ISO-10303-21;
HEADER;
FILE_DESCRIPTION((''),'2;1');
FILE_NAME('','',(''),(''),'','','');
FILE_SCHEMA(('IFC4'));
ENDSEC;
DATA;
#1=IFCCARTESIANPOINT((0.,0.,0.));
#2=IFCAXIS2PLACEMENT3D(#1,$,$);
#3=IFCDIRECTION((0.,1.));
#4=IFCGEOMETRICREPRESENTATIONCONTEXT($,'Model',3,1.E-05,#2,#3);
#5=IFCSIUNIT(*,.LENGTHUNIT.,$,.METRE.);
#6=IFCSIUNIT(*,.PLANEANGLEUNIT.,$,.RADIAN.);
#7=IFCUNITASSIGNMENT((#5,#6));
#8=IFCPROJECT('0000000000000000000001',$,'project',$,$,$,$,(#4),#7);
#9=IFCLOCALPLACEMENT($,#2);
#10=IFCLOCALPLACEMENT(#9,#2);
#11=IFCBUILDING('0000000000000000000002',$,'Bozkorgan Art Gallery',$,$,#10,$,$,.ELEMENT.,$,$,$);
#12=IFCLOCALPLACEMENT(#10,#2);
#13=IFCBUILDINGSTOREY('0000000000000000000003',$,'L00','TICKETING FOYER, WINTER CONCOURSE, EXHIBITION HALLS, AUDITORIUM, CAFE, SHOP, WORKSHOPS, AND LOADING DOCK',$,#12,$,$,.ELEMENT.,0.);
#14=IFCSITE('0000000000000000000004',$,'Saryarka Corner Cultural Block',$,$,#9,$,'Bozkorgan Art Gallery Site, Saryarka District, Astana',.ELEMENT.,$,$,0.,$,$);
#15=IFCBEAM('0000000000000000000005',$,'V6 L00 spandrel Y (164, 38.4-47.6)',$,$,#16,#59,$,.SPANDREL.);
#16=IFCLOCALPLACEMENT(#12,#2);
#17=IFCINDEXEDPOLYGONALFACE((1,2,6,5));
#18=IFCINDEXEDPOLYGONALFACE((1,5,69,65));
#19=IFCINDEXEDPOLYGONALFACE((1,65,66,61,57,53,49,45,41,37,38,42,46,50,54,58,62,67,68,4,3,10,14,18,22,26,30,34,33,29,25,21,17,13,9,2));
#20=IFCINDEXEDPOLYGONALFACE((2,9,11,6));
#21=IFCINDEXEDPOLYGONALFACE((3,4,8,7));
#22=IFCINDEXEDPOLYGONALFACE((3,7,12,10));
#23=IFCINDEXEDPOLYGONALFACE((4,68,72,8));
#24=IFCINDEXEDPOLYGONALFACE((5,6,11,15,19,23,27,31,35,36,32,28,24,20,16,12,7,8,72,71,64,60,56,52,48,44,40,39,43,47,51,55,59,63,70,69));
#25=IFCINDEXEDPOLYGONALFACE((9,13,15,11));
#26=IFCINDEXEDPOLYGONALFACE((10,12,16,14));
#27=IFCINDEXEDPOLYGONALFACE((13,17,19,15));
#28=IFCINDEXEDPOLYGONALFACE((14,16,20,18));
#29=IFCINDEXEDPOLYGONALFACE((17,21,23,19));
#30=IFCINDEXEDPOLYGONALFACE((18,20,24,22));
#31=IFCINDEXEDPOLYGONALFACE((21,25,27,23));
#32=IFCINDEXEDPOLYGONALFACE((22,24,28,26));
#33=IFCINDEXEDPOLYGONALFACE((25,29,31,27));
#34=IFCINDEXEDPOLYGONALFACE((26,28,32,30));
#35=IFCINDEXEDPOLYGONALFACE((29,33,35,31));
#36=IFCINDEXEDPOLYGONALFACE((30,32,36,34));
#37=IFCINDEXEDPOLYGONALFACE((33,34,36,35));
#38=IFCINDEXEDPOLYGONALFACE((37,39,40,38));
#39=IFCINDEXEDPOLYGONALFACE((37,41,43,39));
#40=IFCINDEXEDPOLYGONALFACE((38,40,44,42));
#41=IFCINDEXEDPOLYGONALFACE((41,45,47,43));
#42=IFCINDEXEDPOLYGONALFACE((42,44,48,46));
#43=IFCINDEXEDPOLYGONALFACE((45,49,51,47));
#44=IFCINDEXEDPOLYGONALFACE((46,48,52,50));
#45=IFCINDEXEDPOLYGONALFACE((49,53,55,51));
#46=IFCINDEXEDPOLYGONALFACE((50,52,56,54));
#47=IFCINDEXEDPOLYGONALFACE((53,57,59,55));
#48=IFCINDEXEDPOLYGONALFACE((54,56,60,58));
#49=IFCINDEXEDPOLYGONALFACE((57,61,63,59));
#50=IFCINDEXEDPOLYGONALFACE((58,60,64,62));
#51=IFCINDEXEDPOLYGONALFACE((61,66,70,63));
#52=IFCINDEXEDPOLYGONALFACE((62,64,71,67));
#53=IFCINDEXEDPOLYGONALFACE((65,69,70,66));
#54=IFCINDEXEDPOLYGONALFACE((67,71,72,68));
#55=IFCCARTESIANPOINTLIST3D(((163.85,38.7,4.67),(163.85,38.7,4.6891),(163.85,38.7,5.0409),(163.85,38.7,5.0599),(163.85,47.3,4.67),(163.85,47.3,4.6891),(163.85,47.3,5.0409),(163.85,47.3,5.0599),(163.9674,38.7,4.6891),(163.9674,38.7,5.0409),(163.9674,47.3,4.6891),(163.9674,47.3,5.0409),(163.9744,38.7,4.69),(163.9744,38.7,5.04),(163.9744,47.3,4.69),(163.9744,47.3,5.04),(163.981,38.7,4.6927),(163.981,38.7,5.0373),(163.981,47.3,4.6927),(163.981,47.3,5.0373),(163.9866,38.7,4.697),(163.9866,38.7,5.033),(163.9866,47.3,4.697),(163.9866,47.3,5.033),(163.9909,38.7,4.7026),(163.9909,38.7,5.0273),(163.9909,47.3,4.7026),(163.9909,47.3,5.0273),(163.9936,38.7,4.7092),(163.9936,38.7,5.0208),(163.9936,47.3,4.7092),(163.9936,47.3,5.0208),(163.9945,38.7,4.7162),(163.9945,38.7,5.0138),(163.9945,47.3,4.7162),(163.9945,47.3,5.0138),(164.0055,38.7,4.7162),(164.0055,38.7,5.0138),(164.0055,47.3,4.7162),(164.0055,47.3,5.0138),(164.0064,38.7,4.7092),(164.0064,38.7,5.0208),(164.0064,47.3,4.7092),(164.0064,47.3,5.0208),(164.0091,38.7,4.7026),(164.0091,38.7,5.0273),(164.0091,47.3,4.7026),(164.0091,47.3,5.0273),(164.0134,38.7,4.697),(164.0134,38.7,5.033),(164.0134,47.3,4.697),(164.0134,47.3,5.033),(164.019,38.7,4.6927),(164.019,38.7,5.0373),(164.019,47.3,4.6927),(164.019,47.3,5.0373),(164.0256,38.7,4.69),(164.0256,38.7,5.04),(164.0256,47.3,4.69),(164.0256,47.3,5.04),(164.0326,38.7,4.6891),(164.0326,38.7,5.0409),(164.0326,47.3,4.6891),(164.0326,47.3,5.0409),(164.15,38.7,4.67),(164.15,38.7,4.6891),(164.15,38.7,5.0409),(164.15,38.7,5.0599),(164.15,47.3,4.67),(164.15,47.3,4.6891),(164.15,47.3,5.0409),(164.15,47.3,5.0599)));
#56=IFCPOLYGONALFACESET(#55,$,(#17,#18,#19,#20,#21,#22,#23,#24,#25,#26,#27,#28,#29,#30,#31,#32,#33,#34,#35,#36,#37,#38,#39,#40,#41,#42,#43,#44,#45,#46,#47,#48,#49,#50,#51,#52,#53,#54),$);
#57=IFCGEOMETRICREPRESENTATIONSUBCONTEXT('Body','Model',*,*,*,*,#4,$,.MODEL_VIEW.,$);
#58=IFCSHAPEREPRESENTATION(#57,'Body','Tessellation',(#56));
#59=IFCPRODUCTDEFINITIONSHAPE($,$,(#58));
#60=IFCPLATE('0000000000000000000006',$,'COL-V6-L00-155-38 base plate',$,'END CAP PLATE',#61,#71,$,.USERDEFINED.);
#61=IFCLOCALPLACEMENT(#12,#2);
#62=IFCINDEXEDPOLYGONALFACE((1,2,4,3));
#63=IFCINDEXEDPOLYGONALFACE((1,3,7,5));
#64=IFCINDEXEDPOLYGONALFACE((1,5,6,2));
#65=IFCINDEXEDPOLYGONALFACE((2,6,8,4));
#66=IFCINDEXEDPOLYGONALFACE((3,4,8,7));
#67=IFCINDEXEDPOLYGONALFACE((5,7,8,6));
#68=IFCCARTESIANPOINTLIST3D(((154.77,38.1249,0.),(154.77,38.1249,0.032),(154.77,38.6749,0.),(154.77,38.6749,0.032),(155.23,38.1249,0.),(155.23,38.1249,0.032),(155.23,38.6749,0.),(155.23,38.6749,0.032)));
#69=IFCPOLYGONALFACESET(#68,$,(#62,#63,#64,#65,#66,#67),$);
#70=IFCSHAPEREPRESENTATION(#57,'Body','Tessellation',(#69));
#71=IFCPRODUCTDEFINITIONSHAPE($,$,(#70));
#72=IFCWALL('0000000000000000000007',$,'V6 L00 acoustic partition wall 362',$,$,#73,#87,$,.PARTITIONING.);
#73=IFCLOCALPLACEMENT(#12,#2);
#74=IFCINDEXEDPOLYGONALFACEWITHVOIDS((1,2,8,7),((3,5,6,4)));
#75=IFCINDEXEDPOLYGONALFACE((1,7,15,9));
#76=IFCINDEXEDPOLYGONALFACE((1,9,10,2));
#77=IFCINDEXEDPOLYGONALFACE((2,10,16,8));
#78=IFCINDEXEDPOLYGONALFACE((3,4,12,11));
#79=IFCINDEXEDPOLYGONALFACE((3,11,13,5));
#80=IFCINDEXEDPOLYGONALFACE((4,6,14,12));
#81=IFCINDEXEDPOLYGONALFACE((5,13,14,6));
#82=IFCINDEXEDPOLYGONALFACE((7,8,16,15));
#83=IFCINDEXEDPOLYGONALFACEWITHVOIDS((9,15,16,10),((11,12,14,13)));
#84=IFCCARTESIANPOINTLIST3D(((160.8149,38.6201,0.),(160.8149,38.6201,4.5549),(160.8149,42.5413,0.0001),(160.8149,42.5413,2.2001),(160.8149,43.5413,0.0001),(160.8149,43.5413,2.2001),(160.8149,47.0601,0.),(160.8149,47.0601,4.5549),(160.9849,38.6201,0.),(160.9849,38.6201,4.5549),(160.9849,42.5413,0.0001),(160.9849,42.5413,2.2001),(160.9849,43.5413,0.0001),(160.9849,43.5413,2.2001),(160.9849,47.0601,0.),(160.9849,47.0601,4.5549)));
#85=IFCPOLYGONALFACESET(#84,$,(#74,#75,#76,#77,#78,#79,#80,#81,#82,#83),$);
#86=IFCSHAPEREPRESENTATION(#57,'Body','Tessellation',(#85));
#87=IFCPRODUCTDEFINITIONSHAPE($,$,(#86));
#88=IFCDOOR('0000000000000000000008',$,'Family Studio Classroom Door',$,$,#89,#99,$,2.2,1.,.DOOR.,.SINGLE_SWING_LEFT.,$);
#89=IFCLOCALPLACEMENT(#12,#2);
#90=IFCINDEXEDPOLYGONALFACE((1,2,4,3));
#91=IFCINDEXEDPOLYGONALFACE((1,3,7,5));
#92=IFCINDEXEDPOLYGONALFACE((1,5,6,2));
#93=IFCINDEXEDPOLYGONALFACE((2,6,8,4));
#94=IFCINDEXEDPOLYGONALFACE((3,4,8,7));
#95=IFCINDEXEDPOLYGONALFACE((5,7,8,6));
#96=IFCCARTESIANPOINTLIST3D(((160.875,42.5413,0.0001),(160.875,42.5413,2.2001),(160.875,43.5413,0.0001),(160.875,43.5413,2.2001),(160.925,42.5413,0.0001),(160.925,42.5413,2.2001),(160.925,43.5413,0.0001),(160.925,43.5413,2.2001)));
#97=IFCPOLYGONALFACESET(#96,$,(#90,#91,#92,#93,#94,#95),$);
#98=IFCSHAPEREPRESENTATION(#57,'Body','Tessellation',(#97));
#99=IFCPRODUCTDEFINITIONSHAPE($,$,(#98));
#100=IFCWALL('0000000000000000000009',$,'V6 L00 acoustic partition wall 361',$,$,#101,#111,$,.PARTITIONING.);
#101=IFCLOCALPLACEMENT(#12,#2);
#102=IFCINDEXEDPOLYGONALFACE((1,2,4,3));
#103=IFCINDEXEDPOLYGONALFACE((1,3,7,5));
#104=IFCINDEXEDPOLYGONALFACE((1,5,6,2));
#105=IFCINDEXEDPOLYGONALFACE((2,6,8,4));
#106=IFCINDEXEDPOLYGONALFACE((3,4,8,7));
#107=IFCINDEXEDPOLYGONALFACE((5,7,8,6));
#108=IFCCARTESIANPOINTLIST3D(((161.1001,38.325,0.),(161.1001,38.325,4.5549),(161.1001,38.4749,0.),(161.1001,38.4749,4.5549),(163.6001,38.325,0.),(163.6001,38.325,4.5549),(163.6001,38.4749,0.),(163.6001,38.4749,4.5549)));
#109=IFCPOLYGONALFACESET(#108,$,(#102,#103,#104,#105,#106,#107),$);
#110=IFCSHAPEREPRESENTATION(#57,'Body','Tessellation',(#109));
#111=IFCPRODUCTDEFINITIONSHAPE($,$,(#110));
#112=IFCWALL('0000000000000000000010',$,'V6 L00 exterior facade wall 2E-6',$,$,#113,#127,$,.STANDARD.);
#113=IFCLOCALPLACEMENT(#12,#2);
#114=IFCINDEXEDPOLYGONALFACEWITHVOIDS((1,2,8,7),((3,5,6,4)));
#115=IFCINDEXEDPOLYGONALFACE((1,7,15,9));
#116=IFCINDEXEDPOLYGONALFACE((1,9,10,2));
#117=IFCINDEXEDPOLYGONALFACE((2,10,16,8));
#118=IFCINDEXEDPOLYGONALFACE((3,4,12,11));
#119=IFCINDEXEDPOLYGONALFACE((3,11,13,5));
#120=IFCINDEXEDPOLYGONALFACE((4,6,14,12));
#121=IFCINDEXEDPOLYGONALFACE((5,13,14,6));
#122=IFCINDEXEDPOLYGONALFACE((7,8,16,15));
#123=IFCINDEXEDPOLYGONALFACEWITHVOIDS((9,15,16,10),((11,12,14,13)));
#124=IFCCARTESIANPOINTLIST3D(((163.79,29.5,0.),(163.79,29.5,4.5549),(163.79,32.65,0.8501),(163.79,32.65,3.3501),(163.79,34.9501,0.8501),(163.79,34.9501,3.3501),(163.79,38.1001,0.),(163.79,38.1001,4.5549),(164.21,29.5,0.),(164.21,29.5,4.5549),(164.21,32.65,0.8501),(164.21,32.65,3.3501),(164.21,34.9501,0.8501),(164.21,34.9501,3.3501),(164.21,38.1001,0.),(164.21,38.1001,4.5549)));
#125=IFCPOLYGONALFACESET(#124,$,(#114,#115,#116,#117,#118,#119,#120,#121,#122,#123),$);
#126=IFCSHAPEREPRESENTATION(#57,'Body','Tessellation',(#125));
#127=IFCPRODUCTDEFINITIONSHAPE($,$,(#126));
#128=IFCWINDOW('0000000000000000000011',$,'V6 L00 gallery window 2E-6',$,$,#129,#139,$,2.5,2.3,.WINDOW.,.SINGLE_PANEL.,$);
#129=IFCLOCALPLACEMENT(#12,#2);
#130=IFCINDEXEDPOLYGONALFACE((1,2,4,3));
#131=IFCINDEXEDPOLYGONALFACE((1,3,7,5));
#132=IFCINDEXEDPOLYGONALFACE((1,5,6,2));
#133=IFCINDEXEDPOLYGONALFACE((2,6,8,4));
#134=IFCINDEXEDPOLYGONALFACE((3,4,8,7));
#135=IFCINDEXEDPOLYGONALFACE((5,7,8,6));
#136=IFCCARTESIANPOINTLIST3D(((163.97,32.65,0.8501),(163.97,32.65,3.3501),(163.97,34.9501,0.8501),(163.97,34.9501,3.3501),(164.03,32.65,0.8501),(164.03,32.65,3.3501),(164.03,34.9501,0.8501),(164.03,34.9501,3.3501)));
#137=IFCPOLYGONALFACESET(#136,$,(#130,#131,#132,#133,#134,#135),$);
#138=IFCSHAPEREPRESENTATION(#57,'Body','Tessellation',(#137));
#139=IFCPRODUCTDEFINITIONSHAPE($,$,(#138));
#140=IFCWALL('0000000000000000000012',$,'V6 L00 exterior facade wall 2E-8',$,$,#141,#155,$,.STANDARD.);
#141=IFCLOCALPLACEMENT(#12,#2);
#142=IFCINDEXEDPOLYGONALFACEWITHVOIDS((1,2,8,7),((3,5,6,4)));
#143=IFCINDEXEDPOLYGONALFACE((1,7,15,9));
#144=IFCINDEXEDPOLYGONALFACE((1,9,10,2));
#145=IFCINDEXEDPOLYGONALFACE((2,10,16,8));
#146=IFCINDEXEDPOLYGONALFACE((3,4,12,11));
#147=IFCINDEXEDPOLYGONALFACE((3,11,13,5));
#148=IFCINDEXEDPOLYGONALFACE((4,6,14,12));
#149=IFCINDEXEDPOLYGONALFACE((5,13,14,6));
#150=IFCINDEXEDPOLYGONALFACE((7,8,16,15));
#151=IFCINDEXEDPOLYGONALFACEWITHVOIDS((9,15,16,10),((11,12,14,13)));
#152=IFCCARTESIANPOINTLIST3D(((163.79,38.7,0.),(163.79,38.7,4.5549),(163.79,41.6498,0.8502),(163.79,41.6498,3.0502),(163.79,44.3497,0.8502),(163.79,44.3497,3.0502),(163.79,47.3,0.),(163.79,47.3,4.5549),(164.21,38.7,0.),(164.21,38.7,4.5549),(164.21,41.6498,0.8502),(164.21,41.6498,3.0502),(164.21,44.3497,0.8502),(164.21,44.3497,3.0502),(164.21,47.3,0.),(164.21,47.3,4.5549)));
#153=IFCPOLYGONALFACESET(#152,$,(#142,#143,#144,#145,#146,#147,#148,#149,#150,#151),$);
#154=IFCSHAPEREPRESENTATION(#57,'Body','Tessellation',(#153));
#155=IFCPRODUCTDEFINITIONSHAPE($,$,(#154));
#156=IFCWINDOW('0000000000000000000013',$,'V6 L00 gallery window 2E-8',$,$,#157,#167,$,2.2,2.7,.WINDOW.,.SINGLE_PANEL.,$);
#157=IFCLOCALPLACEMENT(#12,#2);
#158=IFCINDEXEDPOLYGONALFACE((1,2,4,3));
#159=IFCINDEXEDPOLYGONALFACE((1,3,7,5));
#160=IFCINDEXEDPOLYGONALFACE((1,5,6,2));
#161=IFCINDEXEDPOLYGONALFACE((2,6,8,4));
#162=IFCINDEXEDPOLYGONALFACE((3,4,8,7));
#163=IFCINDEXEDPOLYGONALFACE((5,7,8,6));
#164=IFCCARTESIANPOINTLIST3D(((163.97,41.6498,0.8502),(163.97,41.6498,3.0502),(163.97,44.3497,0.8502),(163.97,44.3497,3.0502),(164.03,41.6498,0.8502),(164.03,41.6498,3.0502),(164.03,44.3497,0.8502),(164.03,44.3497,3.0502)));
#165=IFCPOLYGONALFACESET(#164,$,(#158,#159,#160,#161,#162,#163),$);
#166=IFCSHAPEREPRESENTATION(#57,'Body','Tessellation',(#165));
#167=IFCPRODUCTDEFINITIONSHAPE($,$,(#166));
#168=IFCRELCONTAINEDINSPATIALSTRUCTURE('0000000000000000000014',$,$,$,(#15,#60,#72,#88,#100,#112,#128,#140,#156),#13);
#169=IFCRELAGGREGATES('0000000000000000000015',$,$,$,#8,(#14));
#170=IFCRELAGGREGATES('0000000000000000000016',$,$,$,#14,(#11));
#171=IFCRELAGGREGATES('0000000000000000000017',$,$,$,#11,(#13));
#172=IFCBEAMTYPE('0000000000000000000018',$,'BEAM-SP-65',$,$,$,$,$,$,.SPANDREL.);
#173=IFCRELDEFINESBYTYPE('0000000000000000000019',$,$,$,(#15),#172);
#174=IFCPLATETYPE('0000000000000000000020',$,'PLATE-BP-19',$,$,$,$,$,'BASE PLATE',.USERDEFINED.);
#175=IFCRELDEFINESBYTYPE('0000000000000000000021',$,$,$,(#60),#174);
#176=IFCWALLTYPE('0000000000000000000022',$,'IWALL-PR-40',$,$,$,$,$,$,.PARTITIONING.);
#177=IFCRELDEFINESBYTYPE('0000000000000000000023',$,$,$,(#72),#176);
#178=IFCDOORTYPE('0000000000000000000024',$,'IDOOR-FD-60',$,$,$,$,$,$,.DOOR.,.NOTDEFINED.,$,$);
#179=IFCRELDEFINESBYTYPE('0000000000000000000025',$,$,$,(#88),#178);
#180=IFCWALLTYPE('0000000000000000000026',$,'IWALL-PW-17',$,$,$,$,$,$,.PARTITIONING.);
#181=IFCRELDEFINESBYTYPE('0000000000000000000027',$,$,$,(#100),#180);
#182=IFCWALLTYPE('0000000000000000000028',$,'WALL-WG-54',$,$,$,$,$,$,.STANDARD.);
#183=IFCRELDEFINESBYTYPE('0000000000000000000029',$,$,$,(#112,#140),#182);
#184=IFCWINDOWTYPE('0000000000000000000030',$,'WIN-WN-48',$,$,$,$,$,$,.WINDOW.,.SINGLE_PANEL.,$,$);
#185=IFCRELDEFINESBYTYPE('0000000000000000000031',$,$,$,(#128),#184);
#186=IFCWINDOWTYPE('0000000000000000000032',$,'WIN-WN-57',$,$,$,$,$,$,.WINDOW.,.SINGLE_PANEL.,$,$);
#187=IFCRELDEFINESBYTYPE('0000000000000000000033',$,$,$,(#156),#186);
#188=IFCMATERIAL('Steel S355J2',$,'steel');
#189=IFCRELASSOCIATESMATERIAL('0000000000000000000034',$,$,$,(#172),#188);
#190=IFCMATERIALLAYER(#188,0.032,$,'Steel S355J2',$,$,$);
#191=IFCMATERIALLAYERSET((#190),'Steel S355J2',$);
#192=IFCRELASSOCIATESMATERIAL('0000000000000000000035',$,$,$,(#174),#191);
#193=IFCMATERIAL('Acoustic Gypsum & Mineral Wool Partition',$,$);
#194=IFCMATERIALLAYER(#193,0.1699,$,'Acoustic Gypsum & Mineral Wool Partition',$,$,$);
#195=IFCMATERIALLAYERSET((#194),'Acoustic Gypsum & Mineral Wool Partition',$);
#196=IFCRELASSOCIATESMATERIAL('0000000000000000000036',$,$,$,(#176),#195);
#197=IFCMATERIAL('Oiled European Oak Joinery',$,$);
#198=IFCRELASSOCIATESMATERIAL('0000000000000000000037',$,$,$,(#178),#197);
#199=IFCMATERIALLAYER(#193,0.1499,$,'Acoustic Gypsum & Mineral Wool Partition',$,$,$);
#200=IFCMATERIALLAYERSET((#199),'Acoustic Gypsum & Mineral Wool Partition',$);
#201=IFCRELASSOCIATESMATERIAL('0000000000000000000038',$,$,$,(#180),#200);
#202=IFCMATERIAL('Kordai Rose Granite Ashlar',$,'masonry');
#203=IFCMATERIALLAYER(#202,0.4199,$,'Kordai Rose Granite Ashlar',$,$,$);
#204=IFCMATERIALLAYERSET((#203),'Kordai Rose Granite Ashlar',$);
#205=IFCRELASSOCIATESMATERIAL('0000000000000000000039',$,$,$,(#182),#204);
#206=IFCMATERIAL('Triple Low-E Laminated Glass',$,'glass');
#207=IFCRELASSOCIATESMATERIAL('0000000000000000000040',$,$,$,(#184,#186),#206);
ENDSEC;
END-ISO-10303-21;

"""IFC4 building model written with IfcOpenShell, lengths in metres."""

from ifc_helpers import new_model, si_unit, direction, frame, frame_2d, origin, origin_2d, place, context, subcontext, project, spatial, rectangle, i_section, extrude, material, layer, layer_set, material_profile, profile_set, type_object, element, fill, save


model = new_model("IFC4")

# Units and contexts
model_context = context("Model", 3, precision=1e-05, world=origin(), true_north=direction((0.0, 1.0)))
body_context = subcontext(model_context, "Body", "Model", "MODEL_VIEW")
ifc_project = project(units=[si_unit("LENGTHUNIT", "METRE"), si_unit("PLANEANGLEUNIT", "RADIAN")], contexts=[model_context])

# Site, building, storey
site_placement = place(None, origin())
site = spatial("IfcSite", under=ifc_project, at=site_placement, Name="Saryarka Corner Cultural Block", LongName="Bozkorgan Art Gallery Site, Saryarka District, Astana", CompositionType="ELEMENT", RefElevation=0.0)
building_placement = place(site_placement, origin())
building = spatial("IfcBuilding", under=site, at=building_placement, Name="Bozkorgan Art Gallery", CompositionType="ELEMENT")
storey_placement = place(building_placement, origin())
storey = spatial("IfcBuildingStorey", under=building, at=storey_placement, Name="L00", Description="TICKETING FOYER, WINTER CONCOURSE, EXHIBITION HALLS, AUDITORIUM, CAFE, SHOP, WORKSHOPS, AND LOADING DOCK", CompositionType="ELEMENT", Elevation=0.0)

# Shared definitions
ifc_material_1 = material(Name="Steel S355J2", Category="steel")

# Beam
ifc_material_profile_1 = material_profile(ifc_material_1, i_section(OverallWidth=0.3, OverallDepth=0.3899, WebThickness=0.011, FlangeThickness=0.019, FilletRadius=0.0271, at=origin_2d()), Name="HEA 400")
ifc_profile_set_1 = profile_set([ifc_material_profile_1], Name="Steel S355J2")
beam_type_1 = type_object("IfcBeamType", Name="BEAM-SP-65", PredefinedType="SPANDREL", material=ifc_profile_set_1)
beam_1_placement = place(storey_placement, frame((164.0, 38.7, 4.865), z_axis=(0.0, 1.0, 0.0), x_axis=(-1.0, 0.0, 0.0)))
element("IfcBeam", 1, at=beam_1_placement, inside=storey, type_object=beam_type_1, Name="V6 L00 spandrel Y (164, 38.4-47.6)", PredefinedType="SPANDREL", context=body_context, shape_type="SweptSolid", body=[
    extrude(i_section(OverallWidth=0.3, OverallDepth=0.3899, WebThickness=0.011, FlangeThickness=0.019, FilletRadius=0.0271, at=origin_2d()), origin(), (0.0, 0.0, 1.0), 8.6001),
])

# Plate
ifc_layer_1 = layer(ifc_material_1, 0.032, Name="Steel S355J2")
ifc_layer_set_1 = layer_set([ifc_layer_1], Name="Steel S355J2")
plate_type = type_object("IfcPlateType", Name="PLATE-BP-19", ElementType="BASE PLATE", PredefinedType="USERDEFINED", material=ifc_layer_set_1)
plate_placement = place(storey_placement, frame((155.0, 38.3999, 0.0), z_axis=(0.0, 0.0, 1.0), x_axis=(1.0, 0.0, 0.0)))
element("IfcPlate", 2, at=plate_placement, inside=storey, type_object=plate_type, Name="COL-V6-L00-155-38 base plate", ObjectType="END CAP PLATE", PredefinedType="USERDEFINED", context=body_context, shape_type="SweptSolid", body=[
    extrude(rectangle(XDim=0.46, YDim=0.55, at=origin_2d()), origin(), (0.0, 0.0, 1.0), 0.032),
])

# Wall, opening, door
ifc_material_2 = material(Name="Acoustic Gypsum & Mineral Wool Partition")
ifc_layer_2 = layer(ifc_material_2, 0.1699, Name="Acoustic Gypsum & Mineral Wool Partition")
ifc_layer_set_2 = layer_set([ifc_layer_2], Name="Acoustic Gypsum & Mineral Wool Partition")
wall_type_1 = type_object("IfcWallType", Name="IWALL-PR-40", PredefinedType="PARTITIONING", material=ifc_layer_set_2)
wall_1_placement = place(storey_placement, frame((160.8999, 38.6201, 0.0), z_axis=(0.0, 0.0, 1.0), x_axis=(0.0, 1.0, 0.0)))
wall_1 = element("IfcWall", 3, at=wall_1_placement, inside=storey, type_object=wall_type_1, Name="V6 L00 acoustic partition wall 362", PredefinedType="PARTITIONING", context=body_context, shape_type="SweptSolid", body=[
    extrude(rectangle(XDim=8.4399, YDim=0.1699, at=frame_2d((4.22, 0.0))), origin(), (0.0, 0.0, 1.0), 4.5549),
])
opening_1_placement = place(wall_1_placement, frame((3.9211, 0.0, 0.0)))
opening_1 = element("IfcOpeningElement", 4, at=opening_1_placement, cuts=wall_1, PredefinedType="OPENING", context=body_context, shape_type="SweptSolid", body=[
    extrude(rectangle(XDim=1.0, YDim=2.2, at=frame_2d((0.5, 1.1001))), frame((0.0, 0.095, 0.0), z_axis=(0.0, -1.0, 0.0), x_axis=(1.0, 0.0, 0.0)), (0.0, 0.0, 1.0), 0.1899),
])
ifc_material_3 = material(Name="Oiled European Oak Joinery")
door_type = type_object("IfcDoorType", Name="IDOOR-FD-60", OperationType="NOTDEFINED", PredefinedType="DOOR", material=ifc_material_3)
door_placement = place(opening_1_placement, origin())
door = element("IfcDoor", 5, at=door_placement, inside=storey, type_object=door_type, Name="Family Studio Classroom Door", OperationType="SINGLE_SWING_LEFT", OverallHeight=2.2, OverallWidth=1.0, PredefinedType="DOOR", context=body_context, shape_type="SweptSolid", body=[
    extrude(rectangle(XDim=1.0, YDim=2.2, at=frame_2d((0.5, 1.1001))), frame((0.0, 0.0249, 0.0), z_axis=(0.0, -1.0, 0.0), x_axis=(1.0, 0.0, 0.0)), (0.0, 0.0, 1.0), 0.05),
])
fill(opening_1, door)

# Wall
ifc_layer_3 = layer(ifc_material_2, 0.1499, Name="Acoustic Gypsum & Mineral Wool Partition")
ifc_layer_set_3 = layer_set([ifc_layer_3], Name="Acoustic Gypsum & Mineral Wool Partition")
wall_type_2 = type_object("IfcWallType", Name="IWALL-PW-17", PredefinedType="PARTITIONING", material=ifc_layer_set_3)
wall_2_placement = place(storey_placement, frame((161.1001, 38.3999, 0.0), z_axis=(0.0, 0.0, 1.0), x_axis=(1.0, 0.0, 0.0)))
element("IfcWall", 6, at=wall_2_placement, inside=storey, type_object=wall_type_2, Name="V6 L00 acoustic partition wall 361", PredefinedType="PARTITIONING", context=body_context, shape_type="SweptSolid", body=[
    extrude(rectangle(XDim=2.5, YDim=0.1499, at=frame_2d((1.25, 0.0))), origin(), (0.0, 0.0, 1.0), 4.5549),
])

# Walls, openings, windows
ifc_material_4 = material(Name="Kordai Rose Granite Ashlar", Category="masonry")
ifc_layer_4 = layer(ifc_material_4, 0.4199, Name="Kordai Rose Granite Ashlar")
ifc_layer_set_4 = layer_set([ifc_layer_4], Name="Kordai Rose Granite Ashlar")
wall_type_3 = type_object("IfcWallType", Name="WALL-WG-54", PredefinedType="STANDARD", material=ifc_layer_set_4)
wall_3_placement = place(storey_placement, frame((164.0, 29.5, 0.0), z_axis=(0.0, 0.0, 1.0), x_axis=(0.0, 1.0, 0.0)))
wall_3 = element("IfcWall", 7, at=wall_3_placement, inside=storey, type_object=wall_type_3, Name="V6 L00 exterior facade wall 2E-6", PredefinedType="STANDARD", context=body_context, shape_type="SweptSolid", body=[
    extrude(rectangle(XDim=8.6001, YDim=0.4199, at=frame_2d((4.3, 0.0))), origin(), (0.0, 0.0, 1.0), 4.5549),
])
opening_2_placement = place(wall_3_placement, frame((5.45, 0.0, 0.8501), z_axis=(0.0, 0.0, 1.0), x_axis=(-1.0, 0.0, 0.0)))
opening_2 = element("IfcOpeningElement", 8, at=opening_2_placement, cuts=wall_3, PredefinedType="OPENING", context=body_context, shape_type="SweptSolid", body=[
    extrude(rectangle(XDim=2.3, YDim=2.5, at=frame_2d((1.1499, 1.25))), frame((0.0, 0.22, 0.0), z_axis=(0.0, -1.0, 0.0), x_axis=(1.0, 0.0, 0.0)), (0.0, 0.0, 1.0), 0.4399),
])
ifc_material_5 = material(Name="Triple Low-E Laminated Glass", Category="glass")
window_type_1 = type_object("IfcWindowType", Name="WIN-WN-48", PartitioningType="SINGLE_PANEL", PredefinedType="WINDOW", material=ifc_material_5)
window_1_placement = place(opening_2_placement, origin())
window_1 = element("IfcWindow", 9, at=window_1_placement, inside=storey, type_object=window_type_1, Name="V6 L00 gallery window 2E-6", OverallHeight=2.5, OverallWidth=2.3, PartitioningType="SINGLE_PANEL", PredefinedType="WINDOW", context=body_context, shape_type="SweptSolid", body=[
    extrude(rectangle(XDim=2.3, YDim=2.5, at=frame_2d((1.1499, 1.25))), frame((0.0, 0.03, 0.0), z_axis=(0.0, -1.0, 0.0), x_axis=(1.0, 0.0, 0.0)), (0.0, 0.0, 1.0), 0.0601),
])
fill(opening_2, window_1)
wall_4_placement = place(storey_placement, frame((164.0, 38.7, 0.0), z_axis=(0.0, 0.0, 1.0), x_axis=(0.0, 1.0, 0.0)))
wall_4 = element("IfcWall", 10, at=wall_4_placement, inside=storey, type_object=wall_type_3, Name="V6 L00 exterior facade wall 2E-8", PredefinedType="STANDARD", context=body_context, shape_type="SweptSolid", body=[
    extrude(rectangle(XDim=8.6001, YDim=0.4199, at=frame_2d((4.3, 0.0))), origin(), (0.0, 0.0, 1.0), 4.5549),
])
opening_3_placement = place(wall_4_placement, frame((5.6499, 0.0, 0.8501), z_axis=(0.0, 0.0, 1.0), x_axis=(-1.0, 0.0, 0.0)))
opening_3 = element("IfcOpeningElement", 11, at=opening_3_placement, cuts=wall_4, PredefinedType="OPENING", context=body_context, shape_type="SweptSolid", body=[
    extrude(rectangle(XDim=2.7, YDim=2.2, at=frame_2d((1.3501, 1.1001))), frame((0.0, 0.22, 0.0), z_axis=(0.0, -1.0, 0.0), x_axis=(1.0, 0.0, 0.0)), (0.0, 0.0, 1.0), 0.4399),
])
window_type_2 = type_object("IfcWindowType", Name="WIN-WN-57", PartitioningType="SINGLE_PANEL", PredefinedType="WINDOW", material=ifc_material_5)
window_2_placement = place(opening_3_placement, origin())
window_2 = element("IfcWindow", 12, at=window_2_placement, inside=storey, type_object=window_type_2, Name="V6 L00 gallery window 2E-8", OverallHeight=2.2, OverallWidth=2.7, PartitioningType="SINGLE_PANEL", PredefinedType="WINDOW", context=body_context, shape_type="SweptSolid", body=[
    extrude(rectangle(XDim=2.7, YDim=2.2, at=frame_2d((1.3501, 1.1001))), frame((0.0, 0.03, 0.0), z_axis=(0.0, -1.0, 0.0), x_axis=(1.0, 0.0, 0.0)), (0.0, 0.0, 1.0), 0.0601),
])
fill(opening_3, window_2)

save(model, "model.ifc")
